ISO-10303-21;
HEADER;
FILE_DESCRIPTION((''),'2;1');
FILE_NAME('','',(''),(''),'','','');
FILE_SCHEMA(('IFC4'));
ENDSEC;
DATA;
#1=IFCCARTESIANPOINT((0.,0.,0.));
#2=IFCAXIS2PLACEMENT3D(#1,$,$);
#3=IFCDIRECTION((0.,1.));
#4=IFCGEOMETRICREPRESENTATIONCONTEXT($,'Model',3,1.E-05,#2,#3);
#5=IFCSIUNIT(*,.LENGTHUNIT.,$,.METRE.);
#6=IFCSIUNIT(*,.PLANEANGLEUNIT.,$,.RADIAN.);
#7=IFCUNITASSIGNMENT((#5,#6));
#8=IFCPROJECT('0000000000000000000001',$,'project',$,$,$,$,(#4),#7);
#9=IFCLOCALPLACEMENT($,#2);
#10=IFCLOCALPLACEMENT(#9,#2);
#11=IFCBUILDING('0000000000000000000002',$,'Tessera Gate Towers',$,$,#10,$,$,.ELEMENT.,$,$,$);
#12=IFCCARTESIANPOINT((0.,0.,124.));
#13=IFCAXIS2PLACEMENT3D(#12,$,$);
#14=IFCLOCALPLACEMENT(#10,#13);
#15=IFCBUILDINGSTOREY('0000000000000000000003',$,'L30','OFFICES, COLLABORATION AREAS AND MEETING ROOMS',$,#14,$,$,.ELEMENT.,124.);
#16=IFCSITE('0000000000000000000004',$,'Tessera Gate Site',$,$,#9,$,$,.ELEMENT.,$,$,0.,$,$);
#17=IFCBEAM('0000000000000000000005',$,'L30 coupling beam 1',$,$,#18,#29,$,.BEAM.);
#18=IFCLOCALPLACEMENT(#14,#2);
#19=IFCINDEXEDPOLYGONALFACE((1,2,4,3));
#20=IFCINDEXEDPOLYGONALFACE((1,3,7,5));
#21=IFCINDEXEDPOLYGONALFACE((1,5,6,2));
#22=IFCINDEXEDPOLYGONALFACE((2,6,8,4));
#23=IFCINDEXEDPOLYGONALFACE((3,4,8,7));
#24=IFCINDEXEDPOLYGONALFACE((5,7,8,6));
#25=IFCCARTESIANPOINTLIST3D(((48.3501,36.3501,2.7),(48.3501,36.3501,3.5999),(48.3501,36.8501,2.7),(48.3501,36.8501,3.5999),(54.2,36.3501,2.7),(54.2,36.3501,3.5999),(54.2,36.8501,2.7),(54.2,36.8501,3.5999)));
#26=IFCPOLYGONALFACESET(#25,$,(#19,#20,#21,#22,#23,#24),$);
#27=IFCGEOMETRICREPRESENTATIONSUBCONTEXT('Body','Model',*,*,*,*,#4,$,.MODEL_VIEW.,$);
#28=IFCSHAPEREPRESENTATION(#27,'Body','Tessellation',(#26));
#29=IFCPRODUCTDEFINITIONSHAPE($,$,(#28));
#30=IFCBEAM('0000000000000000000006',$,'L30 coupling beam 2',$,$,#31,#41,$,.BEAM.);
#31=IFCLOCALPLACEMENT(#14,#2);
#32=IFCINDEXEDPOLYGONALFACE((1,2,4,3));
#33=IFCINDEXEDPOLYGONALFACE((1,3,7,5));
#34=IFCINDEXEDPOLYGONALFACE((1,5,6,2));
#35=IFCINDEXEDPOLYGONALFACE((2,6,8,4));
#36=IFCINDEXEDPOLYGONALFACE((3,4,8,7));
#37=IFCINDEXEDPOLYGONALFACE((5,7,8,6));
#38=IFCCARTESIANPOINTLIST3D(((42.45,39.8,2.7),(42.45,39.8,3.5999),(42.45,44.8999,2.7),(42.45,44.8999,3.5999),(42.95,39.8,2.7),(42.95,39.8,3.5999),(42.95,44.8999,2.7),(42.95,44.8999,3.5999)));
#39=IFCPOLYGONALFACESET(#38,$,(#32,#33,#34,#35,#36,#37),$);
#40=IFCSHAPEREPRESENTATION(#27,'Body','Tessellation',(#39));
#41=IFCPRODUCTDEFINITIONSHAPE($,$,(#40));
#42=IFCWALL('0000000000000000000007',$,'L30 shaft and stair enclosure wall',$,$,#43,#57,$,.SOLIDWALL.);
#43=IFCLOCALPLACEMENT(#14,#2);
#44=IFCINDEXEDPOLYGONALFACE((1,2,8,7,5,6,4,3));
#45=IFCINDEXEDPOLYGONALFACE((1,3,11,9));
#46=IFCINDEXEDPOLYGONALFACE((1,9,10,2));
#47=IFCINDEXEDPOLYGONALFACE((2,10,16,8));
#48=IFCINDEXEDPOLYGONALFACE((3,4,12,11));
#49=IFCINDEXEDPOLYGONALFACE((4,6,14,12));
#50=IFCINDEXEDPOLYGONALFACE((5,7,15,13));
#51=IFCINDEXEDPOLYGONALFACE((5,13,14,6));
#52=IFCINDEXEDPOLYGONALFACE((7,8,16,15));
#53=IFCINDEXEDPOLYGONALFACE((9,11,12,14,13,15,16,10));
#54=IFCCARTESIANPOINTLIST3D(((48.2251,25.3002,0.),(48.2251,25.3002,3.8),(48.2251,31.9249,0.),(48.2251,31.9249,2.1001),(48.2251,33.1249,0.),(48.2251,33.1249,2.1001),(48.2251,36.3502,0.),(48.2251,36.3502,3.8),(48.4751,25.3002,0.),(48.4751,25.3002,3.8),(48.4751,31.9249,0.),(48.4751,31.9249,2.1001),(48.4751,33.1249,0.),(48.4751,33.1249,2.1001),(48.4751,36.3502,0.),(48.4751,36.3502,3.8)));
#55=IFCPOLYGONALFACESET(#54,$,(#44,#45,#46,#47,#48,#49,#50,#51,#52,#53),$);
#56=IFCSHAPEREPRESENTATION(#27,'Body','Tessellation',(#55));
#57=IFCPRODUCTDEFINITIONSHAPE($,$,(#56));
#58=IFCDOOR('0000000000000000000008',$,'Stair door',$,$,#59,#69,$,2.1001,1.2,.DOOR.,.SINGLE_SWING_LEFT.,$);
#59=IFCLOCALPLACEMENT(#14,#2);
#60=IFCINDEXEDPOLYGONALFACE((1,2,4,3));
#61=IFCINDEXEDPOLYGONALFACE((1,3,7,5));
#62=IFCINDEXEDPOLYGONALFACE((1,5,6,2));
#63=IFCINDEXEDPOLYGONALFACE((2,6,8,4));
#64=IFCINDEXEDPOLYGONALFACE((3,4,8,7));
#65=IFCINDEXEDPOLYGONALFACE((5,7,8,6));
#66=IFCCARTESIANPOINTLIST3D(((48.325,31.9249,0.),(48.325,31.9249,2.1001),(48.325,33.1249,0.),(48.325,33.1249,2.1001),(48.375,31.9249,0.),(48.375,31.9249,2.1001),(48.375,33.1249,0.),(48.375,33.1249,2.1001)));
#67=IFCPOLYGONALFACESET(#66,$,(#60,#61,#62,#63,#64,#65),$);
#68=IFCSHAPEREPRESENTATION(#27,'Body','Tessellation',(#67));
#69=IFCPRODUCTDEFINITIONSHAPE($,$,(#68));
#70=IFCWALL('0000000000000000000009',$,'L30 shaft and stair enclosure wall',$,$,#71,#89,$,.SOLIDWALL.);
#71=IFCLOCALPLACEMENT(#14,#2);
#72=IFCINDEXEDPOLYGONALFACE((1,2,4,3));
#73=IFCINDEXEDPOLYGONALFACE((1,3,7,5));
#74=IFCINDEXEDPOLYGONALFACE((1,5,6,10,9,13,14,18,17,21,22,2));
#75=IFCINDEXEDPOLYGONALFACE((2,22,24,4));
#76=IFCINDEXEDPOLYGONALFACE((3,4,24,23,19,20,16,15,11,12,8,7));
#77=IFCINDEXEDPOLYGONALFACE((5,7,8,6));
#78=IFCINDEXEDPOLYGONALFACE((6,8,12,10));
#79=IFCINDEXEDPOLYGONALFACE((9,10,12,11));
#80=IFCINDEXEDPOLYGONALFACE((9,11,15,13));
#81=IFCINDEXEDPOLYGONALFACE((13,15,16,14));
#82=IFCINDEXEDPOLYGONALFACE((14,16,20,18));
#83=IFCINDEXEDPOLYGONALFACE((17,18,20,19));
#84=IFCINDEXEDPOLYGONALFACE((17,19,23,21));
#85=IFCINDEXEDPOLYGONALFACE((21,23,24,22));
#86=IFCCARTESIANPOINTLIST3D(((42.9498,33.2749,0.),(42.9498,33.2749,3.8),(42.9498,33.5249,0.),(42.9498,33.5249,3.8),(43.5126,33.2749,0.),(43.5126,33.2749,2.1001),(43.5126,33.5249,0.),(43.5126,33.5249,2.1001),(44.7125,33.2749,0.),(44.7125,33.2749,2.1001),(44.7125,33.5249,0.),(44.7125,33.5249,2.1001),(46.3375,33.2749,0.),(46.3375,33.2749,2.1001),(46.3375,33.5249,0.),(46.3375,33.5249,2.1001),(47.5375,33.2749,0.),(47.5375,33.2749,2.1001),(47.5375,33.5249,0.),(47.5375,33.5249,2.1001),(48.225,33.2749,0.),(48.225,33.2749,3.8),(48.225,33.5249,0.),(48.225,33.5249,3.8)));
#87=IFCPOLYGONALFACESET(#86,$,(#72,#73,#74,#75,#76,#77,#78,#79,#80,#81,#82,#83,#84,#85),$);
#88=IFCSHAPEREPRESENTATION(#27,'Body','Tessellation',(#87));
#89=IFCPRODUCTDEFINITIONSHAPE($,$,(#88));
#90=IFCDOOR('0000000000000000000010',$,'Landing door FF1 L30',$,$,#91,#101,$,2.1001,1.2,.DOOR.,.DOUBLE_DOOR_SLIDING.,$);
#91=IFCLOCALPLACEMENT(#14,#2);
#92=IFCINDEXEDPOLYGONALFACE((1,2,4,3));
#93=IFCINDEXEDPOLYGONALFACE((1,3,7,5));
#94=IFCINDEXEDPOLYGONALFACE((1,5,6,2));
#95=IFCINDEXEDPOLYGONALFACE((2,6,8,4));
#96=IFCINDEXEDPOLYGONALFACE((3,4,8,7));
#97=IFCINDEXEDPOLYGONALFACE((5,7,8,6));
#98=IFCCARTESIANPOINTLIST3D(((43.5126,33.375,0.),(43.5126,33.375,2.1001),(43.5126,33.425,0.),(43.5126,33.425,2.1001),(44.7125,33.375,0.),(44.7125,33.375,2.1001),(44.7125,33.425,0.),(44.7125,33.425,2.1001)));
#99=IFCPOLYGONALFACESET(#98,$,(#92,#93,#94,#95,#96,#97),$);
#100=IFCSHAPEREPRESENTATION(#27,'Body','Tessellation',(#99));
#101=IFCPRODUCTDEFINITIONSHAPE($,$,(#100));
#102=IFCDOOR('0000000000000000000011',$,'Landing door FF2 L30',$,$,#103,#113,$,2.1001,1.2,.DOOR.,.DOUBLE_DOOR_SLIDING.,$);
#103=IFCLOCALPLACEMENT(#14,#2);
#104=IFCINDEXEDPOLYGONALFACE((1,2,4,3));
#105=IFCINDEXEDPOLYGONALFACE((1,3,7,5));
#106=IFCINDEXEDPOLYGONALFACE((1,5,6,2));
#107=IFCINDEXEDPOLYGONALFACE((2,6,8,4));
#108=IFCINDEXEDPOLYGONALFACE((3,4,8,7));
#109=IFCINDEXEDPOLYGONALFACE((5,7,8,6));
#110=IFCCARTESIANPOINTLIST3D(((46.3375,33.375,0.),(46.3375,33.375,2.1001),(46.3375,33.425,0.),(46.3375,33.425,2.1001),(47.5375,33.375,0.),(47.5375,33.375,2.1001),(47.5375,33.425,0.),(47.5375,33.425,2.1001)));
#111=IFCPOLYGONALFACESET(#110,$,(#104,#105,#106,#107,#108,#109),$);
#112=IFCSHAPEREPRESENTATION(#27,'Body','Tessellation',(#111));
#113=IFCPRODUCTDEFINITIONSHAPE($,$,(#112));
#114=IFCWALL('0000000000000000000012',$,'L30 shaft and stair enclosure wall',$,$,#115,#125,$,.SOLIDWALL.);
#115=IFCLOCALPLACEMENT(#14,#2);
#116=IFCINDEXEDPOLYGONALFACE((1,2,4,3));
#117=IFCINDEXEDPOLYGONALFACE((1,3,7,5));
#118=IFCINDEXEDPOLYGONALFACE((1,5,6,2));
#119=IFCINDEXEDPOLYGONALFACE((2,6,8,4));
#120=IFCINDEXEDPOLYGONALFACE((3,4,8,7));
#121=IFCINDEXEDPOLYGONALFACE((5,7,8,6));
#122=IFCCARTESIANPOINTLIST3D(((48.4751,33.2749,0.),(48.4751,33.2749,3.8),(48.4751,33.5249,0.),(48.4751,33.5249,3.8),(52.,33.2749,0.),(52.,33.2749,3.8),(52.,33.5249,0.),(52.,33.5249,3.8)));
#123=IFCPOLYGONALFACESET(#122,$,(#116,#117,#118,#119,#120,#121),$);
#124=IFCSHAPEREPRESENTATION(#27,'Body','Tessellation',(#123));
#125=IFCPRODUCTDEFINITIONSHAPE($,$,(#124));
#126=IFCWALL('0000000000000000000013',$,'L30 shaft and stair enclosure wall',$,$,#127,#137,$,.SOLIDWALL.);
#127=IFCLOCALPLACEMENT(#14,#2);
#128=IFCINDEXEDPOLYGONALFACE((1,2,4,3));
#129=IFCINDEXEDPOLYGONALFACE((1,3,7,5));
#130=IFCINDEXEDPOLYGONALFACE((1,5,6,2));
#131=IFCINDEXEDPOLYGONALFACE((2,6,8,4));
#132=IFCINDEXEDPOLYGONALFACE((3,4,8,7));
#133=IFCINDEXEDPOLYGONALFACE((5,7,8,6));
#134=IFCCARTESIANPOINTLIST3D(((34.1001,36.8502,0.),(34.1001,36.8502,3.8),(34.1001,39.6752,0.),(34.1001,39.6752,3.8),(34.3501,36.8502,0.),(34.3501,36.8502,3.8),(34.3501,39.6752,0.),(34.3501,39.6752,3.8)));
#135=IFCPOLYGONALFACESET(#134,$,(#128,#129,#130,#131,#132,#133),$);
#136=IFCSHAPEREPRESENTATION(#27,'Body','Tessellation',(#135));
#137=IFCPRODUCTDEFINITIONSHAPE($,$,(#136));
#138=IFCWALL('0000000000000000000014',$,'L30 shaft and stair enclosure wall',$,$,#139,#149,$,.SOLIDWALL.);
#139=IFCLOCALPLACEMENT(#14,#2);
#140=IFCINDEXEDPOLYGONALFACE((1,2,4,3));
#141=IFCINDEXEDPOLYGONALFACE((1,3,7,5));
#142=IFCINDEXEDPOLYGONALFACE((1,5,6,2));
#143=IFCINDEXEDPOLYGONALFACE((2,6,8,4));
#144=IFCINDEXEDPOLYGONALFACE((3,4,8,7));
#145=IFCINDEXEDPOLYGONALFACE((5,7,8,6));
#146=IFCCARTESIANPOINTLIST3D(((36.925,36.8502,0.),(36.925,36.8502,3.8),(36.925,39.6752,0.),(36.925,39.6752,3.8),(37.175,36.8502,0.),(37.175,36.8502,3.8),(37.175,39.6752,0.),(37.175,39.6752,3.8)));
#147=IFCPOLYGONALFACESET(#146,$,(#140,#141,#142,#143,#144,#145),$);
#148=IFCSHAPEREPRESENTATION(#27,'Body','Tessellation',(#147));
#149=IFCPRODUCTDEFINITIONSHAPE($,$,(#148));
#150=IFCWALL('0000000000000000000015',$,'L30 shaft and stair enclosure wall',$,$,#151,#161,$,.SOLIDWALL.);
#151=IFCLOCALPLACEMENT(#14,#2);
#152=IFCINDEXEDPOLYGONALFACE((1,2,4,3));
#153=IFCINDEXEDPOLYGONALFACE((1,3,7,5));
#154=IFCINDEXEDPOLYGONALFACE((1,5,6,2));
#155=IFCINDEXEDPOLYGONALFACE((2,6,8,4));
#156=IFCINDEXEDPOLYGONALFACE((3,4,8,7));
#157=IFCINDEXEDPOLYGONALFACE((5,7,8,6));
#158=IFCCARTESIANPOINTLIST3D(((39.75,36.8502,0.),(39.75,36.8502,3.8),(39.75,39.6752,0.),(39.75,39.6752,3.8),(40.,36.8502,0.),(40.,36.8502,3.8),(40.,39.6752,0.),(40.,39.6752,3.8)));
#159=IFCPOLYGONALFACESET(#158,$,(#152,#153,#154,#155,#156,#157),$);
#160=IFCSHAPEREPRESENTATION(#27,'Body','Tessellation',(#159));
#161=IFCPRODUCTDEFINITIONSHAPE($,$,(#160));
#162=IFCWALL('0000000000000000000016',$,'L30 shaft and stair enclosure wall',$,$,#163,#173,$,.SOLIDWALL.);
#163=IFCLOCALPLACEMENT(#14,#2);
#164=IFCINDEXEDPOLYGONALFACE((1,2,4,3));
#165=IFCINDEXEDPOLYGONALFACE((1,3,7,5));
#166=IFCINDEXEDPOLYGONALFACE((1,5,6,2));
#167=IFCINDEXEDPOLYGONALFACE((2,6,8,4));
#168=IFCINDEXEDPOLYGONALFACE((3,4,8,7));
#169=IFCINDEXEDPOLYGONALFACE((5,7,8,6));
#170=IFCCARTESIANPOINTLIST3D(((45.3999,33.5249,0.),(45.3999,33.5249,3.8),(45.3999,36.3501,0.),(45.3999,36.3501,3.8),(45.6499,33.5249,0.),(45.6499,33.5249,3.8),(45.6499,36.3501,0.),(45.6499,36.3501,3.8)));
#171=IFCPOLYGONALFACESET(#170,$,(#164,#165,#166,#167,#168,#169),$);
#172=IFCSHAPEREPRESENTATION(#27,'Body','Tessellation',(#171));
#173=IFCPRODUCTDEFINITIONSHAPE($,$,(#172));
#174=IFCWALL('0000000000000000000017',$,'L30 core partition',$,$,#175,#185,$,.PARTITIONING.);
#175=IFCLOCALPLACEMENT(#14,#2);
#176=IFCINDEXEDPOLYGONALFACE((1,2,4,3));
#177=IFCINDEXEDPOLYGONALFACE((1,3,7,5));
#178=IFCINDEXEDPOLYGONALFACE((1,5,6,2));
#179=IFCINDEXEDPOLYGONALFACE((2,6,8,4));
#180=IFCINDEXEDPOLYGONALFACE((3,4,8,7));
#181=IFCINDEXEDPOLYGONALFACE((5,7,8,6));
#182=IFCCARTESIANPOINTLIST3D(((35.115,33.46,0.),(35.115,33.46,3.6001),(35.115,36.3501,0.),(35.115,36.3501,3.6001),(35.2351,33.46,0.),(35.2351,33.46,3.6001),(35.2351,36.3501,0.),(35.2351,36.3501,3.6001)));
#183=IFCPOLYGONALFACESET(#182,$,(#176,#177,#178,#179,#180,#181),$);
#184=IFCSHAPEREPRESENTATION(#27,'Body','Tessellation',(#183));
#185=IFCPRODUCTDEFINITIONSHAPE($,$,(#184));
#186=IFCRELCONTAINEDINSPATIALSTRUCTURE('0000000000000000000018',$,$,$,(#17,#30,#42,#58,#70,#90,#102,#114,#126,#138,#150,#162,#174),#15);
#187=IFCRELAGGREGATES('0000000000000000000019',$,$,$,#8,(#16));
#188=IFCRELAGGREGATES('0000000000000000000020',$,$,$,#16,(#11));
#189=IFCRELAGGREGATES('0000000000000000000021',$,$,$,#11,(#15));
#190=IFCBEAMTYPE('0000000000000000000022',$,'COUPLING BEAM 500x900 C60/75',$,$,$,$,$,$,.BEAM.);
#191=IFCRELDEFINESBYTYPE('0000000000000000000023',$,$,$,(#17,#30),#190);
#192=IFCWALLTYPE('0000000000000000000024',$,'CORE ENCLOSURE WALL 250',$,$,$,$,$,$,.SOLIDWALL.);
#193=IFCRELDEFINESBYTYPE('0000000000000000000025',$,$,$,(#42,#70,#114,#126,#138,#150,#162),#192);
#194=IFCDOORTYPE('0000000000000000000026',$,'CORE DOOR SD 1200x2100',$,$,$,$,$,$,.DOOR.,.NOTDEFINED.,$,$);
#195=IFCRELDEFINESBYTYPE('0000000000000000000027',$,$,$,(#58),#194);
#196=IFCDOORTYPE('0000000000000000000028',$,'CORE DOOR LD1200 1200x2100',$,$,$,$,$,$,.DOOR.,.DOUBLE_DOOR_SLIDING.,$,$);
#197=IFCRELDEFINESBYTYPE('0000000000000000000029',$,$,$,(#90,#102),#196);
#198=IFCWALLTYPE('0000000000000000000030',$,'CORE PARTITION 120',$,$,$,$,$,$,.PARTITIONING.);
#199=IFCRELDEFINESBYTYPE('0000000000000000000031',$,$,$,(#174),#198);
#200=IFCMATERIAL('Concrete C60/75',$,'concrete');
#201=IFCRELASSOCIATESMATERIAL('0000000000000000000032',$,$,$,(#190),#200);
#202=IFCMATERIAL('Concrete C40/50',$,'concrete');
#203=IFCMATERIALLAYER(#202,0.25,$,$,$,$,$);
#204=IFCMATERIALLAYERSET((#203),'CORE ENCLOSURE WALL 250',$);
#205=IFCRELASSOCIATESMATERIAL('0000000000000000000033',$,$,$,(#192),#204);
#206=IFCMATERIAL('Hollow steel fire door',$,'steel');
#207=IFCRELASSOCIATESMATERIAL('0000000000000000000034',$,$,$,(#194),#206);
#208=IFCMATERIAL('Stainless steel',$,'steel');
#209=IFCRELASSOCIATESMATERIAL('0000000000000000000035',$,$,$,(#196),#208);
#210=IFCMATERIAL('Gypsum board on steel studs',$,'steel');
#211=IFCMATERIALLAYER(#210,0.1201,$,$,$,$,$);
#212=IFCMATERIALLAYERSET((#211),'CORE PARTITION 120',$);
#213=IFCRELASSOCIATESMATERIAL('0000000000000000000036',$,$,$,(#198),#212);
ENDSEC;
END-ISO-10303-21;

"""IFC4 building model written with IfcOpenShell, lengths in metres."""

from ifc_helpers import new_model, si_unit, direction, frame, frame_2d, origin, origin_2d, place, context, subcontext, project, spatial, rectangle, extrude, source, transform, mapped, material, layer, layer_set, material_profile, profile_set, type_object, element, fill, save


model = new_model("IFC4")

# Units and contexts
model_context = context("Model", 3, precision=1e-05, world=origin(), true_north=direction((0.0, 1.0)))
body_context = subcontext(model_context, "Body", "Model", "MODEL_VIEW")
ifc_project = project(units=[si_unit("LENGTHUNIT", "METRE"), si_unit("PLANEANGLEUNIT", "RADIAN")], contexts=[model_context])

# Site, building, storey
site_placement = place(None, origin())
site = spatial("IfcSite", under=ifc_project, at=site_placement, Name="Tessera Gate Site", CompositionType="ELEMENT", RefElevation=0.0)
building_placement = place(site_placement, origin())
building = spatial("IfcBuilding", under=site, at=building_placement, Name="Tessera Gate Towers", CompositionType="ELEMENT")
storey_placement = place(building_placement, frame((0.0, 0.0, 124.0)))
storey = spatial("IfcBuildingStorey", under=building, at=storey_placement, Name="L30", Description="OFFICES, COLLABORATION AREAS AND MEETING ROOMS", CompositionType="ELEMENT", Elevation=124.0)

# Beams
ifc_material_1 = material(Name="Concrete C60/75", Category="concrete")
ifc_material_profile = material_profile(ifc_material_1, rectangle(XDim=0.5, YDim=0.8999, at=origin_2d()), Name="RC 500x900")
ifc_profile_set = profile_set([ifc_material_profile], Name="Concrete C60/75")
beam_type = type_object("IfcBeamType", Name="COUPLING BEAM 500x900 C60/75", PredefinedType="BEAM", material=ifc_profile_set)
beam_1_placement = place(storey_placement, frame((48.3501, 36.6001, 3.1499), z_axis=(1.0, 0.0, 0.0), x_axis=(0.0, 1.0, 0.0)))
element("IfcBeam", 1, at=beam_1_placement, inside=storey, type_object=beam_type, Name="L30 coupling beam 1", PredefinedType="BEAM", context=body_context, shape_type="SweptSolid", body=[
    extrude(rectangle(XDim=0.5, YDim=0.8999, at=origin_2d()), origin(), (0.0, 0.0, 1.0), 5.8499),
])
beam_2_placement = place(storey_placement, frame((42.7, 39.8, 3.1499), z_axis=(0.0, 1.0, 0.0), x_axis=(-1.0, 0.0, 0.0)))
element("IfcBeam", 2, at=beam_2_placement, inside=storey, type_object=beam_type, Name="L30 coupling beam 2", PredefinedType="BEAM", context=body_context, shape_type="SweptSolid", body=[
    extrude(rectangle(XDim=0.5, YDim=0.8999, at=origin_2d()), origin(), (0.0, 0.0, 1.0), 5.0999),
])

# Wall, opening, door
ifc_material_2 = material(Name="Concrete C40/50", Category="concrete")
ifc_layer_1 = layer(ifc_material_2, 0.25)
ifc_layer_set_1 = layer_set([ifc_layer_1], Name="CORE ENCLOSURE WALL 250")
wall_type_1 = type_object("IfcWallType", Name="CORE ENCLOSURE WALL 250", PredefinedType="SOLIDWALL", material=ifc_layer_set_1)
wall_1_placement = place(storey_placement, frame((48.3501, 36.3501, 0.0), z_axis=(0.0, 0.0, 1.0), x_axis=(0.0, -1.0, 0.0)))
wall_1 = element("IfcWall", 3, at=wall_1_placement, inside=storey, type_object=wall_type_1, Name="L30 shaft and stair enclosure wall", PredefinedType="SOLIDWALL", context=body_context, shape_type="SweptSolid", body=[
    extrude(rectangle(XDim=11.05, YDim=0.25, at=frame_2d((5.5249, 0.0))), origin(), (0.0, 0.0, 1.0), 3.8),
])
shared_shape_1 = source(origin(), body_context, "Body", "SweptSolid", [
    extrude(rectangle(XDim=1.2, YDim=2.1001, at=frame_2d((0.6001, 1.05))), frame((0.0, 0.135, 0.0), z_axis=(0.0, -1.0, 0.0), x_axis=(1.0, 0.0, 0.0)), (0.0, 0.0, 1.0), 0.27),
])
opening_1_placement = place(wall_1_placement, frame((3.2251, 0.0, 0.0)))
opening_1 = element("IfcOpeningElement", 4, at=opening_1_placement, cuts=wall_1, PredefinedType="OPENING", context=body_context, shape_type="MappedRepresentation", body=[
    mapped(shared_shape_1, transform((0.0, 0.0, 0.0), scale=1.0)),
])
ifc_material_3 = material(Name="Hollow steel fire door", Category="steel")
door_type_1 = type_object("IfcDoorType", Name="CORE DOOR SD 1200x2100", OperationType="NOTDEFINED", PredefinedType="DOOR", material=ifc_material_3)
shared_shape_2 = source(origin(), body_context, "Body", "SweptSolid", [
    extrude(rectangle(XDim=1.2, YDim=2.1001, at=frame_2d((0.6001, 1.05))), frame((0.0, 0.0249, 0.0), z_axis=(0.0, -1.0, 0.0), x_axis=(1.0, 0.0, 0.0)), (0.0, 0.0, 1.0), 0.05),
])
door_1_placement = place(opening_1_placement, origin())
door_1 = element("IfcDoor", 5, at=door_1_placement, inside=storey, type_object=door_type_1, Name="Stair door", OperationType="SINGLE_SWING_LEFT", OverallHeight=2.1001, OverallWidth=1.2, PredefinedType="DOOR", context=body_context, shape_type="MappedRepresentation", body=[
    mapped(shared_shape_2, transform((0.0, 0.0, 0.0), scale=1.0)),
])
fill(opening_1, door_1)

# Wall, openings, doors
wall_2_placement = place(storey_placement, frame((48.2251, 33.3999, 0.0), z_axis=(0.0, 0.0, 1.0), x_axis=(-1.0, 0.0, 0.0)))
wall_2 = element("IfcWall", 6, at=wall_2_placement, inside=storey, type_object=wall_type_1, Name="L30 shaft and stair enclosure wall", PredefinedType="SOLIDWALL", context=body_context, shape_type="SweptSolid", body=[
    extrude(rectangle(XDim=5.2751, YDim=0.25, at=frame_2d((2.6377, 0.0))), origin(), (0.0, 0.0, 1.0), 3.8),
])
opening_2_placement = place(wall_2_placement, frame((3.5125, 0.0, 0.0)))
opening_2 = element("IfcOpeningElement", 7, at=opening_2_placement, cuts=wall_2, PredefinedType="OPENING", context=body_context, shape_type="MappedRepresentation", body=[
    mapped(shared_shape_1, transform((0.0, 0.0, 0.0), scale=1.0)),
])
opening_3_placement = place(wall_2_placement, frame((0.6875, 0.0, 0.0)))
opening_3 = element("IfcOpeningElement", 8, at=opening_3_placement, cuts=wall_2, PredefinedType="OPENING", context=body_context, shape_type="MappedRepresentation", body=[
    mapped(shared_shape_1, transform((0.0, 0.0, 0.0), scale=1.0)),
])
ifc_material_4 = material(Name="Stainless steel", Category="steel")
door_type_2 = type_object("IfcDoorType", Name="CORE DOOR LD1200 1200x2100", OperationType="DOUBLE_DOOR_SLIDING", PredefinedType="DOOR", material=ifc_material_4)
door_2_placement = place(opening_2_placement, origin())
door_2 = element("IfcDoor", 9, at=door_2_placement, inside=storey, type_object=door_type_2, Name="Landing door FF1 L30", OperationType="DOUBLE_DOOR_SLIDING", OverallHeight=2.1001, OverallWidth=1.2, PredefinedType="DOOR", context=body_context, shape_type="MappedRepresentation", body=[
    mapped(shared_shape_2, transform((0.0, 0.0, 0.0), scale=1.0)),
])
fill(opening_2, door_2)
door_3_placement = place(opening_3_placement, origin())
door_3 = element("IfcDoor", 10, at=door_3_placement, inside=storey, type_object=door_type_2, Name="Landing door FF2 L30", OperationType="DOUBLE_DOOR_SLIDING", OverallHeight=2.1001, OverallWidth=1.2, PredefinedType="DOOR", context=body_context, shape_type="MappedRepresentation", body=[
    mapped(shared_shape_2, transform((0.0, 0.0, 0.0), scale=1.0)),
])
fill(opening_3, door_3)

# Walls
wall_3_placement = place(storey_placement, frame((48.4751, 33.3999, 0.0), z_axis=(0.0, 0.0, 1.0), x_axis=(1.0, 0.0, 0.0)))
element("IfcWall", 11, at=wall_3_placement, inside=storey, type_object=wall_type_1, Name="L30 shaft and stair enclosure wall", PredefinedType="SOLIDWALL", context=body_context, shape_type="SweptSolid", body=[
    extrude(rectangle(XDim=3.5249, YDim=0.25, at=frame_2d((1.7625, 0.0))), origin(), (0.0, 0.0, 1.0), 3.8),
])
for number, where, z_axis, x_axis, name in (
    (12, (34.2251, 36.8501, 0.0), (0.0, 0.0, 1.0), (0.0, 1.0, 0.0), "L30 shaft and stair enclosure wall"),
    (13, (37.05, 36.8501, 0.0), (0.0, 0.0, 1.0), (0.0, 1.0, 0.0), "L30 shaft and stair enclosure wall"),
    (14, (39.875, 36.8501, 0.0), (0.0, 0.0, 1.0), (0.0, 1.0, 0.0), "L30 shaft and stair enclosure wall"),
):
    element("IfcWall", number, at=place(storey_placement, frame(where, z_axis=z_axis, x_axis=x_axis)), inside=storey, type_object=wall_type_1, Name=name, PredefinedType="SOLIDWALL", context=body_context, shape_type="SweptSolid", body=[
        extrude(rectangle(XDim=2.825, YDim=0.25, at=frame_2d((1.4126, 0.0))), origin(), (0.0, 0.0, 1.0), 3.8),
    ])
wall_4_placement = place(storey_placement, frame((45.5249, 33.5249, 0.0), z_axis=(0.0, 0.0, 1.0), x_axis=(0.0, 1.0, 0.0)))
element("IfcWall", 15, at=wall_4_placement, inside=storey, type_object=wall_type_1, Name="L30 shaft and stair enclosure wall", PredefinedType="SOLIDWALL", context=body_context, shape_type="SweptSolid", body=[
    extrude(rectangle(XDim=2.8252, YDim=0.25, at=frame_2d((1.4126, 0.0))), origin(), (0.0, 0.0, 1.0), 3.8),
])
ifc_material_5 = material(Name="Gypsum board on steel studs", Category="steel")
ifc_layer_2 = layer(ifc_material_5, 0.1201)
ifc_layer_set_2 = layer_set([ifc_layer_2], Name="CORE PARTITION 120")
wall_type_2 = type_object("IfcWallType", Name="CORE PARTITION 120", PredefinedType="PARTITIONING", material=ifc_layer_set_2)
for number, where, z_axis, x_axis, name in (
    (16, (35.175, 33.46, 0.0), (0.0, 0.0, 1.0), (0.0, 1.0, 0.0), "L30 core partition"),
):
    element("IfcWall", number, at=place(storey_placement, frame(where, z_axis=z_axis, x_axis=x_axis)), inside=storey, type_object=wall_type_2, Name=name, PredefinedType="PARTITIONING", context=body_context, shape_type="SweptSolid", body=[
        extrude(rectangle(XDim=2.8901, YDim=0.1201, at=frame_2d((1.4451, 0.0))), origin(), (0.0, 0.0, 1.0), 3.6001),
    ])

save(model, "model.ifc")
